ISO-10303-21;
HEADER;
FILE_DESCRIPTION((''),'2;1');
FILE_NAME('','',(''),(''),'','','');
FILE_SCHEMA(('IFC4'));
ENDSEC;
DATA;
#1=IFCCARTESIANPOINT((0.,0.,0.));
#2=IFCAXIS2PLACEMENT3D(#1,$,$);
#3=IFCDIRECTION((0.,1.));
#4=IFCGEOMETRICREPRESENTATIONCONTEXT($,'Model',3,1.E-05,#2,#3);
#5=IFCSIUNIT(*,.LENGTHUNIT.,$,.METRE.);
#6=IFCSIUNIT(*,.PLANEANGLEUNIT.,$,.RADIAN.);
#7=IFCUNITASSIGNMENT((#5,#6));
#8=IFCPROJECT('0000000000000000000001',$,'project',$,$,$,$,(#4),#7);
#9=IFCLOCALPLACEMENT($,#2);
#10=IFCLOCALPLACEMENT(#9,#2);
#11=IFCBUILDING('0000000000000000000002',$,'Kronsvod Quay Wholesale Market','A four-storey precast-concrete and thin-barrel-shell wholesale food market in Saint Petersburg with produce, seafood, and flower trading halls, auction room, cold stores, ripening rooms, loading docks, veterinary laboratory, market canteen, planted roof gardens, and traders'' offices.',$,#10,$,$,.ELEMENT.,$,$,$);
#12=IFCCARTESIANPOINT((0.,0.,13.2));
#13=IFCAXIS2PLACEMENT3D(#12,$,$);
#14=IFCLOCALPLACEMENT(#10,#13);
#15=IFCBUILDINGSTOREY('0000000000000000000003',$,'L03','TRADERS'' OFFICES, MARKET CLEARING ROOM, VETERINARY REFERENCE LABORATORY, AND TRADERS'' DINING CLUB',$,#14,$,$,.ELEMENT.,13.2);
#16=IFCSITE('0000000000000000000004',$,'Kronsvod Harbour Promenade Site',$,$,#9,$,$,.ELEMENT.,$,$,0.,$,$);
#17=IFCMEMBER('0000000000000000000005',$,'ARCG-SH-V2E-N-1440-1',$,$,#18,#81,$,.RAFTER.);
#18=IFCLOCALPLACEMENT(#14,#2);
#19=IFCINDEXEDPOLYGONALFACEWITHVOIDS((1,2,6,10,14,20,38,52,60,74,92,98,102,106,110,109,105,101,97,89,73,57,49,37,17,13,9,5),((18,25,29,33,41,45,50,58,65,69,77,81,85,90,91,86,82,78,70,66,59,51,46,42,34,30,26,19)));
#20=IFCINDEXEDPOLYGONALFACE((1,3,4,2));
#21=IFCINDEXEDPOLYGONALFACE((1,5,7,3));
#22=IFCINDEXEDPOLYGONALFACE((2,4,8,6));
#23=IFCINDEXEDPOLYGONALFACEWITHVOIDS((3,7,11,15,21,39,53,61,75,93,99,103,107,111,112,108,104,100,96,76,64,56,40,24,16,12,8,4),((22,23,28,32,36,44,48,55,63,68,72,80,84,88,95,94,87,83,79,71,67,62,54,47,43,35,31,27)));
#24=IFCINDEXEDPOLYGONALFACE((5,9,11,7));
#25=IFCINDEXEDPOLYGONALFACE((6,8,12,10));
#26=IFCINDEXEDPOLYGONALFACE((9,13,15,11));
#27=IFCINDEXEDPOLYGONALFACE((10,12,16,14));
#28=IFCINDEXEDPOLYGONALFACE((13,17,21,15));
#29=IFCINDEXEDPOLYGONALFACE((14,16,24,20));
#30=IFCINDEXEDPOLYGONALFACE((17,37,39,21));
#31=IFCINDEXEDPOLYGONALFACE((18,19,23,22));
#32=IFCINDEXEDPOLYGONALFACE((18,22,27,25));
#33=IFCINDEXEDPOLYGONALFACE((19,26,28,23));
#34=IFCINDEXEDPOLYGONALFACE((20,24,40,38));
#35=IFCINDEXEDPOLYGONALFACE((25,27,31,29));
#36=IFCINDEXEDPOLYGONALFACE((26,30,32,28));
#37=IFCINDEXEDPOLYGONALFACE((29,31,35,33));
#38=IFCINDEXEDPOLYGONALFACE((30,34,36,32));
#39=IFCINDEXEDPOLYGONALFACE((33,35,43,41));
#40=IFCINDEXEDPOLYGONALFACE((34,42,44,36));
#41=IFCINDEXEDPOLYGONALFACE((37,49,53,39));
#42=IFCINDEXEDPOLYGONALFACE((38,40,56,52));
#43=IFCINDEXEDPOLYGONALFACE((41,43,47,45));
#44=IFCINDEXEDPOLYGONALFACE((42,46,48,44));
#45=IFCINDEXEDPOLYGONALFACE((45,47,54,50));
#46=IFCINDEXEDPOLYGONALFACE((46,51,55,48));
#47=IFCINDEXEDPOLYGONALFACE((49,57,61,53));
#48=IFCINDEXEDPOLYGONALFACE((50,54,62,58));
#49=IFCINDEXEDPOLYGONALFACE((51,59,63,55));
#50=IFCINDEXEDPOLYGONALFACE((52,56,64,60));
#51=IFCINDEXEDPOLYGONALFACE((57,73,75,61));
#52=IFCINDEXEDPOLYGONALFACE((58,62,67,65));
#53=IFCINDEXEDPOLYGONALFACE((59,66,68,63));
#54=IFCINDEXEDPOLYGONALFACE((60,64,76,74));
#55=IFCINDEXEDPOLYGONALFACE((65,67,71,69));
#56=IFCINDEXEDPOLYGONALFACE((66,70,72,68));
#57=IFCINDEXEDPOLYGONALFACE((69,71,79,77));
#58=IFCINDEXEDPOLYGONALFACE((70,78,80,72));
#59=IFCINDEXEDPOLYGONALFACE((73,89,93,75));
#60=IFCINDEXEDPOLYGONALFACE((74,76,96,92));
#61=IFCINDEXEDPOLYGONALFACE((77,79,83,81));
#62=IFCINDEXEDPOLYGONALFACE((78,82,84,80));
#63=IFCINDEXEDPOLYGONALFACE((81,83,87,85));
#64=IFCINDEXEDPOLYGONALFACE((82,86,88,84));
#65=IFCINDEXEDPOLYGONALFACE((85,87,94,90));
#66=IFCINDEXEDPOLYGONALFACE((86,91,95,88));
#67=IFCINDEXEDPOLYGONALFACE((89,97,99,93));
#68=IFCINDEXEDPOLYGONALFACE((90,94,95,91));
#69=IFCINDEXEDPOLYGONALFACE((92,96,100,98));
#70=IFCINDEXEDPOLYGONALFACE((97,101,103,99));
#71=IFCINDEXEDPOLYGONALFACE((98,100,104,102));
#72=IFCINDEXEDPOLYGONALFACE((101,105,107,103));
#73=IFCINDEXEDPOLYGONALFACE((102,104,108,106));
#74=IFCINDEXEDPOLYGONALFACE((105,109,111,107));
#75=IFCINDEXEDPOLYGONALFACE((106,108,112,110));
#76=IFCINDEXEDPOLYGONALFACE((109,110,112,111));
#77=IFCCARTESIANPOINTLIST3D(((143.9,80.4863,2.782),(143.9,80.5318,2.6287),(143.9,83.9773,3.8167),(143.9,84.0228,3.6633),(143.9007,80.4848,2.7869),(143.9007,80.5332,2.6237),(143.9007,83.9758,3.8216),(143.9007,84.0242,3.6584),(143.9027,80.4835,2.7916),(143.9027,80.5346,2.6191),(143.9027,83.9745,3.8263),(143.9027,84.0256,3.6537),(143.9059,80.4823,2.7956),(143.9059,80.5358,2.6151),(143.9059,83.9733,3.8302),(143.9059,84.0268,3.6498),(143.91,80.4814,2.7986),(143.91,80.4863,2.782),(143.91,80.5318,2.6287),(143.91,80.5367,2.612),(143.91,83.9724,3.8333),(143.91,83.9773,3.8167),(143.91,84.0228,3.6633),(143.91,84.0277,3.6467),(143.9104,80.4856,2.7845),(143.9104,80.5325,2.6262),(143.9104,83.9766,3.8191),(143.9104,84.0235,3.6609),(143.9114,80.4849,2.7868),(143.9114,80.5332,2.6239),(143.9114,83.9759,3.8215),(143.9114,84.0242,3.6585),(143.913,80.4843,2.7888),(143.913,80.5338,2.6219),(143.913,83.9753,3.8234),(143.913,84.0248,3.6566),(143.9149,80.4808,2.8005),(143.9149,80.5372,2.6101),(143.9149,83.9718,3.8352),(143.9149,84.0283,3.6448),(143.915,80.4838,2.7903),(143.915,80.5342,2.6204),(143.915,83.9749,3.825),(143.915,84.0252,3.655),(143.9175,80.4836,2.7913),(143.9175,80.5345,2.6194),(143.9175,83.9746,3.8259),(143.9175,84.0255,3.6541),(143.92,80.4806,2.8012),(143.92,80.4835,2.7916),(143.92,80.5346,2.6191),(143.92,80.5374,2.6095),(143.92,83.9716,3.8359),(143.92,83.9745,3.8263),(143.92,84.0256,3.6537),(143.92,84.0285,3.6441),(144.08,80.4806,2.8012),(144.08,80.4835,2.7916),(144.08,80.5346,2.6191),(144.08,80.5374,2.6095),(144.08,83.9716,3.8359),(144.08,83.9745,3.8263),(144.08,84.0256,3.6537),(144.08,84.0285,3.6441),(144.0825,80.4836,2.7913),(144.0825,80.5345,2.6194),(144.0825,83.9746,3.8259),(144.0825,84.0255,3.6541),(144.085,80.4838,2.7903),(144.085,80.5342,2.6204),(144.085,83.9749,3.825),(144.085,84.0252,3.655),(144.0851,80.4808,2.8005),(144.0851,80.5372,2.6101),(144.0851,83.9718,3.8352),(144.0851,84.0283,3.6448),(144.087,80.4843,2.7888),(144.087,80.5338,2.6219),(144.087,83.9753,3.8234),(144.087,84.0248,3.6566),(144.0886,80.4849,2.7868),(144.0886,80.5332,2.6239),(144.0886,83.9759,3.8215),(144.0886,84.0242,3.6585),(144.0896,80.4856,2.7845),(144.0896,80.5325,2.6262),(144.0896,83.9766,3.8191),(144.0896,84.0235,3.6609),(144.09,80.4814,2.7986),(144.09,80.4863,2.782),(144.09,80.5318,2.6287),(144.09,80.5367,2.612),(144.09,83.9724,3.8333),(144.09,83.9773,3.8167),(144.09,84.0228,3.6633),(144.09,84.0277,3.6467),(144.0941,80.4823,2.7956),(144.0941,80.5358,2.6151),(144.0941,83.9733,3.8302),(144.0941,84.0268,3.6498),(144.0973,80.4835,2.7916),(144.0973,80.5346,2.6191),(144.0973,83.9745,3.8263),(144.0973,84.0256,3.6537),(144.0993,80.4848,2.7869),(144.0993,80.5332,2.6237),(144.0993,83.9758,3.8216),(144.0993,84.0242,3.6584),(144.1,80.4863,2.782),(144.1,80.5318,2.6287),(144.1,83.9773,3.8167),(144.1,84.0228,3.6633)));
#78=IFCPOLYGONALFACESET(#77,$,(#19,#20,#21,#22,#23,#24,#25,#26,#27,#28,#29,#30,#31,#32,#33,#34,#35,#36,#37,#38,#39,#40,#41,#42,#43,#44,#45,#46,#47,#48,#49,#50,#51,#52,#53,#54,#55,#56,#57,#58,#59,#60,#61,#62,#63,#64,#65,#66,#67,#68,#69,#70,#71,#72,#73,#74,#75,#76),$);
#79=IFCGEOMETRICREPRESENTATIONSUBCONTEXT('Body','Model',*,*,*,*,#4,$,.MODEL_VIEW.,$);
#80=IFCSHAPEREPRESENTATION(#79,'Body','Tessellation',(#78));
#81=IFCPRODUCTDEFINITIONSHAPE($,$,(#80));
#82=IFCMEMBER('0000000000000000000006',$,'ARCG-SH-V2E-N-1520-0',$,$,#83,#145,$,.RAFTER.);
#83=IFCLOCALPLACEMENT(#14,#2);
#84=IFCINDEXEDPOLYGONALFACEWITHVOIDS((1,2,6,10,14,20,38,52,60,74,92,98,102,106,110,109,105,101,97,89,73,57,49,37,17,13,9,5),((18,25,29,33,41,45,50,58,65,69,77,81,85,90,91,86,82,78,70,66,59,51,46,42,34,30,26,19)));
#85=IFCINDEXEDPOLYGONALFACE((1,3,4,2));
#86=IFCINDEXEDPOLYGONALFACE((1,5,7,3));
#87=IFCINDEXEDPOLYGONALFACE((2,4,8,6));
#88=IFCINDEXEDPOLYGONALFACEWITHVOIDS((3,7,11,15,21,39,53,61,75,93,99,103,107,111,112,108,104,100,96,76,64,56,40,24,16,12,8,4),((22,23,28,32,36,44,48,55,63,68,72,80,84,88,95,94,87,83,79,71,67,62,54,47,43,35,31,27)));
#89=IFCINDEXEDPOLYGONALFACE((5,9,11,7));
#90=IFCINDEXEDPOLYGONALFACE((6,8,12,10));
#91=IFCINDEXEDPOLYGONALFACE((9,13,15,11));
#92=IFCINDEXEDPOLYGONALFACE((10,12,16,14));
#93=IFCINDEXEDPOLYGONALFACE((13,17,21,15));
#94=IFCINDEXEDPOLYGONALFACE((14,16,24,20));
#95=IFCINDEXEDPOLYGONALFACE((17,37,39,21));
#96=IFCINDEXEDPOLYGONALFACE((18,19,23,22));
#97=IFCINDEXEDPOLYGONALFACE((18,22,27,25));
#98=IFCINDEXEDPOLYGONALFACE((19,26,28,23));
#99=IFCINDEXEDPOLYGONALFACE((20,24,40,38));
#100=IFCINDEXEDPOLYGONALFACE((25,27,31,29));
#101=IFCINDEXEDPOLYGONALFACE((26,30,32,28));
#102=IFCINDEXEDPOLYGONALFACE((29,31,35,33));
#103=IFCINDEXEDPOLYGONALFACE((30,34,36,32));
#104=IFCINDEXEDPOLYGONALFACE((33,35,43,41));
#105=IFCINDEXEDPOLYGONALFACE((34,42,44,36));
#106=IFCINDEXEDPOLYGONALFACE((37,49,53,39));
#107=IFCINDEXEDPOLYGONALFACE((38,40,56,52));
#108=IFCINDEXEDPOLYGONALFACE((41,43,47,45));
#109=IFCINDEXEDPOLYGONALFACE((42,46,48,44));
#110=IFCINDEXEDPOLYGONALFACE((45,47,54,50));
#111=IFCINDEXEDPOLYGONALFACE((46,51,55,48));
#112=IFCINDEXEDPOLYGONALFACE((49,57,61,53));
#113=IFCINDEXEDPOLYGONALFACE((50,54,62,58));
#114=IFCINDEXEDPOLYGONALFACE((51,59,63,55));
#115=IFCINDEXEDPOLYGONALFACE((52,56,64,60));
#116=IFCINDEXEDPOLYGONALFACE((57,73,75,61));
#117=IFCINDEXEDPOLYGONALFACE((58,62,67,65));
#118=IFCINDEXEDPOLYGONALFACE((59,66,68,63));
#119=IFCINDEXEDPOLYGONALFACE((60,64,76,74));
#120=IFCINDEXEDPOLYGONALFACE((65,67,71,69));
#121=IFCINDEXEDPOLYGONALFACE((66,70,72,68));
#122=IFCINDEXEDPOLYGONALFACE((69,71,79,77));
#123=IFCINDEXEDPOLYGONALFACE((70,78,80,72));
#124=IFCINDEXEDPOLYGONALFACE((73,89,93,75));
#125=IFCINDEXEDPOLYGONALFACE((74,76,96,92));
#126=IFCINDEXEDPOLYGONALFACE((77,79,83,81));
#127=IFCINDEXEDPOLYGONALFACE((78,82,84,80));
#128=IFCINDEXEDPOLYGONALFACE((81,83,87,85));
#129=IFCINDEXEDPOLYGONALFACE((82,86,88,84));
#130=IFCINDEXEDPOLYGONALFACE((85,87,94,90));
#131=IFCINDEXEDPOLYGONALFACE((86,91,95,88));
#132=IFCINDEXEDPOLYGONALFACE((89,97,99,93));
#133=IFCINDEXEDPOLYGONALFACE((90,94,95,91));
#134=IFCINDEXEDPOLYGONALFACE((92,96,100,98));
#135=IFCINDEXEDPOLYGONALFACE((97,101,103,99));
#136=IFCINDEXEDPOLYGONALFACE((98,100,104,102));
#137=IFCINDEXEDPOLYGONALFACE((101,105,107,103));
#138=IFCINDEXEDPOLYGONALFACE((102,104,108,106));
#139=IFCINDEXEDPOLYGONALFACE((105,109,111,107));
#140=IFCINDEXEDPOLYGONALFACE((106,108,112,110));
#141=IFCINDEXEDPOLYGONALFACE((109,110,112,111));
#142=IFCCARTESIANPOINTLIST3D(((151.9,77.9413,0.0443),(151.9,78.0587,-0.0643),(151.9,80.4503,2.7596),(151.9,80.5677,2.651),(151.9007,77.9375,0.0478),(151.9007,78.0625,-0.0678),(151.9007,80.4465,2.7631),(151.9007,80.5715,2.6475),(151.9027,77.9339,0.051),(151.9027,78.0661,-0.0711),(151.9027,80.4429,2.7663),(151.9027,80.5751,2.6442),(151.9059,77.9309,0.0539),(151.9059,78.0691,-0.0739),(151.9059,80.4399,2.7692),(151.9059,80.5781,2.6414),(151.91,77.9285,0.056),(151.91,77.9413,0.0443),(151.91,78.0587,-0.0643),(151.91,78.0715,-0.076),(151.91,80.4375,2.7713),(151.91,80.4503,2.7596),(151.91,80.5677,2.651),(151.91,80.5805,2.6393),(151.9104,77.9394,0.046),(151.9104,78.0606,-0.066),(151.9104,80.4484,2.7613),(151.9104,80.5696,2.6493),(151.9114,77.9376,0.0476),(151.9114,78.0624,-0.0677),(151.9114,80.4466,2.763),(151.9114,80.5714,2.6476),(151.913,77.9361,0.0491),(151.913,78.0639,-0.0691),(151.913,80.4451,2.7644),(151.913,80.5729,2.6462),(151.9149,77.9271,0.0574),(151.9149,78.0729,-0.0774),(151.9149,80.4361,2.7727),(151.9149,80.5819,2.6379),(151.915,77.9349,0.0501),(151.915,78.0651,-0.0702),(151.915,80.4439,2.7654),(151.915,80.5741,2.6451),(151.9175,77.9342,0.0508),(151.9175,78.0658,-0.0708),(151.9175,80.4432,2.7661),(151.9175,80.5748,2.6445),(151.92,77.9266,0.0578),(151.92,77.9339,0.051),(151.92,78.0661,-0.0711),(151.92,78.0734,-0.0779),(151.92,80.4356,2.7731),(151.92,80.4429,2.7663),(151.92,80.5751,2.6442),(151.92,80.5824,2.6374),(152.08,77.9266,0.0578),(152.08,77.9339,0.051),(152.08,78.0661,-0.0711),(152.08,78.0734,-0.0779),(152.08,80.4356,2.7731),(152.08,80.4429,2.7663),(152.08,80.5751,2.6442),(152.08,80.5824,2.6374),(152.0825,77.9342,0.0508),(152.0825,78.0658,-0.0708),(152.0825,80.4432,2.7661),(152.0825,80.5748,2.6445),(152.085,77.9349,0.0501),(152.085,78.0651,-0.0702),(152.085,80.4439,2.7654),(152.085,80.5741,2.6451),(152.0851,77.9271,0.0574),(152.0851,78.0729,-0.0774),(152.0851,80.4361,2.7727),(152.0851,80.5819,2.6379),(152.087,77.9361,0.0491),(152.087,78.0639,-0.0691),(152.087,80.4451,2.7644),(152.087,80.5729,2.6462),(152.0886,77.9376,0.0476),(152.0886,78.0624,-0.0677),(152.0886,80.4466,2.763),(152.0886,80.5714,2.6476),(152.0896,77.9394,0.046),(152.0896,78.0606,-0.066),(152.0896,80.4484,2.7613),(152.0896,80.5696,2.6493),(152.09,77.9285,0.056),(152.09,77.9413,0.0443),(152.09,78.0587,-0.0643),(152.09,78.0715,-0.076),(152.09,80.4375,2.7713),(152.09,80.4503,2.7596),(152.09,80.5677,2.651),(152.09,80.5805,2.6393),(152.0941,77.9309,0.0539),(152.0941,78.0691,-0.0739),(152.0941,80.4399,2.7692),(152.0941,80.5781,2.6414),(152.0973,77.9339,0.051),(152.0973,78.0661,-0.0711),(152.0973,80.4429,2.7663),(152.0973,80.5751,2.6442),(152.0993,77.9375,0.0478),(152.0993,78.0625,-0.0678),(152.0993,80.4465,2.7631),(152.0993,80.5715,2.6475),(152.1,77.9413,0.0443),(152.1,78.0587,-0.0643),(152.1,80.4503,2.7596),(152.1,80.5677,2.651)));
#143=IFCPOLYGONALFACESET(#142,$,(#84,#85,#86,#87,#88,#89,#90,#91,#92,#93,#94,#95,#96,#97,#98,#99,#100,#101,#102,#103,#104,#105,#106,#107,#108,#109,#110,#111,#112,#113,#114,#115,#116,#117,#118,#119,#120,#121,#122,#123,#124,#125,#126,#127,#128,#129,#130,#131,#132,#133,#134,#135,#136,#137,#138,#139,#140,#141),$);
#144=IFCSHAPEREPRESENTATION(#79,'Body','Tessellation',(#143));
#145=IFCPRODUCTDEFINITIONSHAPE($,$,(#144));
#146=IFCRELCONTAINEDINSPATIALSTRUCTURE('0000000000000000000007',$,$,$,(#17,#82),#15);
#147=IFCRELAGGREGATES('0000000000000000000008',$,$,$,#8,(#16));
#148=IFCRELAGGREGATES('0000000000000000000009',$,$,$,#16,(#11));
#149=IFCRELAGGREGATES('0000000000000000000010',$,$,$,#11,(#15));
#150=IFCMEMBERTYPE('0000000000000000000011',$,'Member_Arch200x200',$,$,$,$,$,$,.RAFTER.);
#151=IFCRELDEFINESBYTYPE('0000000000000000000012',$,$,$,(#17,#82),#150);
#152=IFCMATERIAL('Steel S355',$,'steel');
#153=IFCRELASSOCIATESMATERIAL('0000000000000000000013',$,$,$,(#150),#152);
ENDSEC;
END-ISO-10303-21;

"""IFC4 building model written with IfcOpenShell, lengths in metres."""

from ifc_helpers import new_model, si_unit, direction, frame, origin, origin_2d, place, context, subcontext, project, spatial, hollow_rectangle, extrude, material, material_profile, profile_set, type_object, element, save


model = new_model("IFC4")

# Units and contexts
model_context = context("Model", 3, precision=1e-05, world=origin(), true_north=direction((0.0, 1.0)))
body_context = subcontext(model_context, "Body", "Model", "MODEL_VIEW")
ifc_project = project(units=[si_unit("LENGTHUNIT", "METRE"), si_unit("PLANEANGLEUNIT", "RADIAN")], contexts=[model_context])

# Site, building, storey
site_placement = place(None, origin())
site = spatial("IfcSite", under=ifc_project, at=site_placement, Name="Kronsvod Harbour Promenade Site", CompositionType="ELEMENT", RefElevation=0.0)
building_placement = place(site_placement, origin())
building = spatial("IfcBuilding", under=site, at=building_placement, Name="Kronsvod Quay Wholesale Market", Description="A four-storey precast-concrete and thin-barrel-shell wholesale food market in Saint Petersburg with produce, seafood, and flower trading halls, auction room, cold stores, ripening rooms, loading docks, veterinary laboratory, market canteen, planted roof gardens, and traders' offices.", CompositionType="ELEMENT")
storey_placement = place(building_placement, frame((0.0, 0.0, 13.2)))
storey = spatial("IfcBuildingStorey", under=building, at=storey_placement, Name="L03", Description="TRADERS' OFFICES, MARKET CLEARING ROOM, VETERINARY REFERENCE LABORATORY, AND TRADERS' DINING CLUB", CompositionType="ELEMENT", Elevation=13.2)

# Members
ifc_material_1 = material(Name="Steel S355", Category="steel")
ifc_material_profile_1 = material_profile(ifc_material_1, hollow_rectangle(XDim=0.2, YDim=0.2, WallThickness=0.01, InnerFilletRadius=0.01, OuterFilletRadius=0.02, at=origin_2d()), Name="RHS200x200x10")
ifc_profile_set_1 = profile_set([ifc_material_profile_1], Name="Steel S355")
member_type_1 = type_object("IfcMemberType", Name="Member_Arch200x200", PredefinedType="RAFTER", material=ifc_profile_set_1)
member_1_placement = place(storey_placement, frame((144.0, 80.509, 2.7053), z_axis=(0.0, 0.958775, 0.284166), x_axis=(-1.0, 0.0, 0.0)))
element("IfcMember", 1, at=member_1_placement, inside=storey, type_object=member_type_1, Name="ARCG-SH-V2E-N-1440-1", PredefinedType="RAFTER", context=body_context, shape_type="SweptSolid", body=[
    extrude(hollow_rectangle(XDim=0.2, YDim=0.2, WallThickness=0.01, InnerFilletRadius=0.01, OuterFilletRadius=0.02, at=origin_2d()), origin(), (0.0, 0.0, 1.0), 3.6411),
])
member_2_placement = place(storey_placement, frame((152.0, 78.0, -0.01), z_axis=(0.0, 0.678656, 0.734456), x_axis=(-1.0, 0.0, 0.0)))
element("IfcMember", 2, at=member_2_placement, inside=storey, type_object=member_type_1, Name="ARCG-SH-V2E-N-1520-0", PredefinedType="RAFTER", context=body_context, shape_type="SweptSolid", body=[
    extrude(hollow_rectangle(XDim=0.2, YDim=0.2, WallThickness=0.01, InnerFilletRadius=0.01, OuterFilletRadius=0.02, at=origin_2d()), origin(), (0.0, 0.0, 1.0), 3.697),
])

save(model, "model.ifc")
